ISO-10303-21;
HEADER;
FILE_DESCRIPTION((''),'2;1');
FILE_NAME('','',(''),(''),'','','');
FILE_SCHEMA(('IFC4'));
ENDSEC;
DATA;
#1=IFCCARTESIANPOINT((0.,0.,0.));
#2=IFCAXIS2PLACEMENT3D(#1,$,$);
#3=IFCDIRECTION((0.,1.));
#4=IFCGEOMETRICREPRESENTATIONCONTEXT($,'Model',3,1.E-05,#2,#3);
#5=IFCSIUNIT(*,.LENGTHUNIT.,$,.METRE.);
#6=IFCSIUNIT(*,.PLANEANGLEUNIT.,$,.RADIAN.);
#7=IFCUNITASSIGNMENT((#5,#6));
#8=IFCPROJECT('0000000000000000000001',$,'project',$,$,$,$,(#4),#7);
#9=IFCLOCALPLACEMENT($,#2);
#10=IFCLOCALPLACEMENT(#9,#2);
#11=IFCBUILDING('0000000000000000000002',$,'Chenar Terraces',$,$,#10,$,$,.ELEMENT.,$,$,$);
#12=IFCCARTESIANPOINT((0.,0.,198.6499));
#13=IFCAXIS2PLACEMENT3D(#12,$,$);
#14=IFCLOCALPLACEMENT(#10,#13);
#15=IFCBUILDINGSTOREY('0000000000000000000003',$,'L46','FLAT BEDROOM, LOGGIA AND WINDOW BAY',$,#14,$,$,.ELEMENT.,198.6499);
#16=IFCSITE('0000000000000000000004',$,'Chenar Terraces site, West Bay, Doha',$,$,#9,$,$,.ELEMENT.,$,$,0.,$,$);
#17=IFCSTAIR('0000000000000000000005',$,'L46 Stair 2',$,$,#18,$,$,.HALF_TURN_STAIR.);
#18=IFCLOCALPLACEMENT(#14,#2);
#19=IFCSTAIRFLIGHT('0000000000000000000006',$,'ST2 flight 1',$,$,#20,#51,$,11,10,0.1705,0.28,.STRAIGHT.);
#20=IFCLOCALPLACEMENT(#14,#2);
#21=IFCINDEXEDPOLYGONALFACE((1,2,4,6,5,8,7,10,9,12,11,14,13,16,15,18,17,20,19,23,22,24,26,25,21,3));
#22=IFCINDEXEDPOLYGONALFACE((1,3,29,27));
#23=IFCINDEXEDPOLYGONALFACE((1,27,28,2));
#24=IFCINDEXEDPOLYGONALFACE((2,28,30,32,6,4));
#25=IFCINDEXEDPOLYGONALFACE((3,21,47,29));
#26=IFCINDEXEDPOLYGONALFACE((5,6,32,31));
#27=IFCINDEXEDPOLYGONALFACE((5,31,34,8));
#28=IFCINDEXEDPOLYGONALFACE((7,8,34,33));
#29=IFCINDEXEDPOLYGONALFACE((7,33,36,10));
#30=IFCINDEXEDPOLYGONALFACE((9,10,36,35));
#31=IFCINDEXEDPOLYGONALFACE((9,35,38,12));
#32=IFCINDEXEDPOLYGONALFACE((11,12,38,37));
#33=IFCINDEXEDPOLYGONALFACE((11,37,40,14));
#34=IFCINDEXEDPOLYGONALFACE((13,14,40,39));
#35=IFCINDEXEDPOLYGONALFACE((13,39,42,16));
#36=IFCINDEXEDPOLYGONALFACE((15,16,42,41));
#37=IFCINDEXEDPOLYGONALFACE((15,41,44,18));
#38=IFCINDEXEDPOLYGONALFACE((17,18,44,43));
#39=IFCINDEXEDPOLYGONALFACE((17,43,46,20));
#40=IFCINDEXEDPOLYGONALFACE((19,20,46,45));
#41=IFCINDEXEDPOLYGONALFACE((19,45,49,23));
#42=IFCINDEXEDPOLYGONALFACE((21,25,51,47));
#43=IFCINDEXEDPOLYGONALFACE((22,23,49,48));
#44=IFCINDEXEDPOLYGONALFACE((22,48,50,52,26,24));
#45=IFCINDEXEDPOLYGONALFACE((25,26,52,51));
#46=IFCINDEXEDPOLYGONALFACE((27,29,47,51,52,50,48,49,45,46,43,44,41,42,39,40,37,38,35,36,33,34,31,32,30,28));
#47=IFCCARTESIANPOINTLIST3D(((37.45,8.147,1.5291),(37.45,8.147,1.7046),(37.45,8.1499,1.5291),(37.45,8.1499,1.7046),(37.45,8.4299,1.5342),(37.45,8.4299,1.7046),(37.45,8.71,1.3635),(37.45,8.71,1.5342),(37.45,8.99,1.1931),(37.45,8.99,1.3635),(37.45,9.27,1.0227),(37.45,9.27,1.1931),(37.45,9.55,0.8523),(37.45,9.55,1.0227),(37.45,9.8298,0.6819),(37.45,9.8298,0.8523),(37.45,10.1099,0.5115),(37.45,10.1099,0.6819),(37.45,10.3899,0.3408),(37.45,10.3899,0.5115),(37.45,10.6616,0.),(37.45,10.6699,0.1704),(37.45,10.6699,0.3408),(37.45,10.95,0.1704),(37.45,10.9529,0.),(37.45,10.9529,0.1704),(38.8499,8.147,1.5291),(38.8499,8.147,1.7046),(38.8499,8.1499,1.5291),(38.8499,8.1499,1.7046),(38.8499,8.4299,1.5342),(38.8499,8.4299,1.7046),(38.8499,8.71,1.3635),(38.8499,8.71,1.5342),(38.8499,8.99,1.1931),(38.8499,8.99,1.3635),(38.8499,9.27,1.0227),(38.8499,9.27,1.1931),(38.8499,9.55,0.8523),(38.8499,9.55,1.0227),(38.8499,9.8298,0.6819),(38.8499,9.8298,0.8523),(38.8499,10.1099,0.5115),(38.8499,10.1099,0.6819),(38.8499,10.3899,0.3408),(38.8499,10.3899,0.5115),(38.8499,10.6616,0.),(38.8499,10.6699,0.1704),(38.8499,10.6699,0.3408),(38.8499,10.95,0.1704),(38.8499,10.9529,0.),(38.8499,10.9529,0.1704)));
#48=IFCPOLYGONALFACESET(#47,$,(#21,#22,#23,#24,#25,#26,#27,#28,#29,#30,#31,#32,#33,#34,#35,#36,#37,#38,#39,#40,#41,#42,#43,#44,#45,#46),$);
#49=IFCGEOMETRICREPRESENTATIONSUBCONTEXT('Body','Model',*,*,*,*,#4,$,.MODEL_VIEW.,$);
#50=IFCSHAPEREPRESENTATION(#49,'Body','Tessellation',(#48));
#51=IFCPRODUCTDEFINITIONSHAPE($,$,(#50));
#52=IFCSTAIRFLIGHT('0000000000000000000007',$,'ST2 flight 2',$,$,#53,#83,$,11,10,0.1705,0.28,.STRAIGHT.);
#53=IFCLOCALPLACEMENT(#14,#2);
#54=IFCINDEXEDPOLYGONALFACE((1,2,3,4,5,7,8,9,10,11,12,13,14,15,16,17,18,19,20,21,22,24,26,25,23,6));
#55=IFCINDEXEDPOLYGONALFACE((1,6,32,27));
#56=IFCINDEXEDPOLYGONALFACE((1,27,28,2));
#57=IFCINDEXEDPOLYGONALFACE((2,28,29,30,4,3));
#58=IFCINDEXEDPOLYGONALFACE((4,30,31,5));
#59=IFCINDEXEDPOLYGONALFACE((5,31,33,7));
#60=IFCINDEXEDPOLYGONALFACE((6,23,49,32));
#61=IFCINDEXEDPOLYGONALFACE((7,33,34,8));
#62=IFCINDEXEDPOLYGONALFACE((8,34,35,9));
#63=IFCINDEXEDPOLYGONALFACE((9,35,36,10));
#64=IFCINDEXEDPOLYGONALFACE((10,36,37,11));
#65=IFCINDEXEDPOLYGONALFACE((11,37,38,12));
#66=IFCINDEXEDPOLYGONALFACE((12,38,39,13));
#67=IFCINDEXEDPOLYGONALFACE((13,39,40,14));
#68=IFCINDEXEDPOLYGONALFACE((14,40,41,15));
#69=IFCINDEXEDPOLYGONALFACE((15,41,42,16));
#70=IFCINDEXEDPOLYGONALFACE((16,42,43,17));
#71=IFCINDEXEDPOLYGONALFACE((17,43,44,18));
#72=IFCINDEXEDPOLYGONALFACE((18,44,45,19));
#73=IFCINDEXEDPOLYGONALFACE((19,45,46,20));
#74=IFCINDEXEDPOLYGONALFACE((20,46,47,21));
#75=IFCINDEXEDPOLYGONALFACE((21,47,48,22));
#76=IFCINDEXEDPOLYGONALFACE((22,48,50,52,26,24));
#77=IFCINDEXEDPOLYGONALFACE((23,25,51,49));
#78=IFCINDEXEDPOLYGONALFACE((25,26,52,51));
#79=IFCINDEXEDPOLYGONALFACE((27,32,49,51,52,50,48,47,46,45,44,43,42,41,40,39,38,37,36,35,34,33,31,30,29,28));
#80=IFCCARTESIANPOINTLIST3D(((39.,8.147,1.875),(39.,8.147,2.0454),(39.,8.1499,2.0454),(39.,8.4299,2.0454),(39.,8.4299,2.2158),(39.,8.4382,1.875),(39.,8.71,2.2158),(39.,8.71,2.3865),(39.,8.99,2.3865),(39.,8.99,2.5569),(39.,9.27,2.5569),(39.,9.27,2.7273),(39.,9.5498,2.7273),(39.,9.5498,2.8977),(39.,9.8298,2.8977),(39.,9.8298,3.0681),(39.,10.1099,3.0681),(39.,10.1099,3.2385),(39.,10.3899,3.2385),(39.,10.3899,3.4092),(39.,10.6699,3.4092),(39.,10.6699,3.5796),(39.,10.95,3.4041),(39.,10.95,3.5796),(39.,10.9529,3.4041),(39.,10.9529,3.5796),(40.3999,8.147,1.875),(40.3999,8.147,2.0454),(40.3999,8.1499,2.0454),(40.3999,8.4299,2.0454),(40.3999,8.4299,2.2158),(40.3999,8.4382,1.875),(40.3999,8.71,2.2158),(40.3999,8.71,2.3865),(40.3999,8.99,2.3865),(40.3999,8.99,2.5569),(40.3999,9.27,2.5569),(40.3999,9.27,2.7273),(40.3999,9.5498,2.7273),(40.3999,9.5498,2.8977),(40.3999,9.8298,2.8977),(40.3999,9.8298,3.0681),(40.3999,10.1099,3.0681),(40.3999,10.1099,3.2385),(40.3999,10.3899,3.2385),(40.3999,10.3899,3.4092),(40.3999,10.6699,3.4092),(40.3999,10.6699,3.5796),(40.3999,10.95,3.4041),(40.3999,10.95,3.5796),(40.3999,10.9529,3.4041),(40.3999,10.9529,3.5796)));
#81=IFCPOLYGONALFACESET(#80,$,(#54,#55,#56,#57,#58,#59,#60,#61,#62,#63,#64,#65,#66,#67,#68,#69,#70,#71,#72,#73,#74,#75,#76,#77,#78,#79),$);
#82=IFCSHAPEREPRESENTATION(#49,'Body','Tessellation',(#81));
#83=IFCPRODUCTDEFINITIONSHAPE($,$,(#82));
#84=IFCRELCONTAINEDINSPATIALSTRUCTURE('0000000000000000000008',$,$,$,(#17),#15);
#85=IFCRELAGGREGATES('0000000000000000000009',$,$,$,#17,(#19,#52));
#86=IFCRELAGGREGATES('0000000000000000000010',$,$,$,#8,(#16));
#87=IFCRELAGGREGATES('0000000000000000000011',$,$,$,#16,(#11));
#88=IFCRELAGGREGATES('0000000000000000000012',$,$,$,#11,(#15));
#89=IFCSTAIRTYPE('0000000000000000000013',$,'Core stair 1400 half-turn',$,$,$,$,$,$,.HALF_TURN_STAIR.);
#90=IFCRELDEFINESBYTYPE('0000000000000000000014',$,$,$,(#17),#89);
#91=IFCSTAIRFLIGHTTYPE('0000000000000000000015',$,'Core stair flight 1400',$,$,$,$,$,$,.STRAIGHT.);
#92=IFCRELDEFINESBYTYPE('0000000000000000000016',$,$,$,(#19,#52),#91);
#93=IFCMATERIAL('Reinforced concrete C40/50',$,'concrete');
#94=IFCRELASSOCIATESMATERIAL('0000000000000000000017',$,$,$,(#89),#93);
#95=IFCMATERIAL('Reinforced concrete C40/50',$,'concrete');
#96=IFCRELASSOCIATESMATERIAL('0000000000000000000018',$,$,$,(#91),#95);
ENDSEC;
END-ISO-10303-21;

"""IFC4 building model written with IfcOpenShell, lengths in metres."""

from ifc_helpers import new_model, si_unit, direction, frame, origin, place, context, subcontext, project, spatial, polyline, outline, extrude, material, type_object, element, aggregate, save


model = new_model("IFC4")

# Units and contexts
model_context = context("Model", 3, precision=1e-05, world=origin(), true_north=direction((0.0, 1.0)))
body_context = subcontext(model_context, "Body", "Model", "MODEL_VIEW")
ifc_project = project(units=[si_unit("LENGTHUNIT", "METRE"), si_unit("PLANEANGLEUNIT", "RADIAN")], contexts=[model_context])

# Site, building, storey
site_placement = place(None, origin())
site = spatial("IfcSite", under=ifc_project, at=site_placement, Name="Chenar Terraces site, West Bay, Doha", CompositionType="ELEMENT", RefElevation=0.0)
building_placement = place(site_placement, origin())
building = spatial("IfcBuilding", under=site, at=building_placement, Name="Chenar Terraces", CompositionType="ELEMENT")
storey_placement = place(building_placement, frame((0.0, 0.0, 198.6499)))
storey = spatial("IfcBuildingStorey", under=building, at=storey_placement, Name="L46", Description="FLAT BEDROOM, LOGGIA AND WINDOW BAY", CompositionType="ELEMENT", Elevation=198.6499)

# Stair, stair flights
ifc_material_1 = material(Name="Reinforced concrete C40/50", Category="concrete")
stair_type = type_object("IfcStairType", Name="Core stair 1400 half-turn", PredefinedType="HALF_TURN_STAIR", material=ifc_material_1)
stair_placement = place(storey_placement, origin())
stair = element("IfcStair", 1, at=stair_placement, inside=storey, type_object=stair_type, Name="L46 Stair 2", PredefinedType="HALF_TURN_STAIR")
ifc_material_2 = material(Name="Reinforced concrete C40/50", Category="concrete")
stair_flight_type = type_object("IfcStairFlightType", Name="Core stair flight 1400", PredefinedType="STRAIGHT", material=ifc_material_2)
stair_flight_1_placement = place(storey_placement, frame((38.1499, 10.95, 0.0), z_axis=(0.0, 0.0, 1.0), x_axis=(0.0, -1.0, 0.0)))
stair_flight_1 = element("IfcStairFlight", 2, at=stair_flight_1_placement, type_object=stair_flight_type, Name="ST2 flight 1", NumberOfRisers=11, NumberOfTreads=10, PredefinedType="STRAIGHT", RiserHeight=0.1705, TreadLength=0.28, context=body_context, shape_type="SweptSolid", body=[
    extrude(outline(polyline([(-0.0029, 0.0), (-0.0029, 0.1704), (0.0, 0.1704), (0.28, 0.1704), (0.28, 0.3408), (0.5601, 0.3408), (0.5601, 0.5115), (0.8401, 0.5115), (0.8401, 0.6819), (1.1201, 0.6819), (1.1201, 0.8523), (1.3999, 0.8523), (1.3999, 1.0227), (1.6799, 1.0227), (1.6799, 1.1931), (1.96, 1.1931), (1.96, 1.3635), (2.24, 1.3635), (2.24, 1.5342), (2.52, 1.5342), (2.52, 1.7046), (2.8, 1.7046), (2.803, 1.7046), (2.803, 1.5291), (2.8, 1.5291), (0.2883, 0.0), (-0.0029, 0.0)])), frame((0.0, 0.7, 0.0), z_axis=(0.0, -1.0, 0.0), x_axis=(1.0, 0.0, 0.0)), (0.0, 0.0, 1.0), 1.3999),
])
stair_flight_2_placement = place(storey_placement, frame((39.7, 8.1499, 1.875), z_axis=(0.0, 0.0, 1.0), x_axis=(0.0, 1.0, 0.0)))
stair_flight_2 = element("IfcStairFlight", 3, at=stair_flight_2_placement, type_object=stair_flight_type, Name="ST2 flight 2", NumberOfRisers=11, NumberOfTreads=10, PredefinedType="STRAIGHT", RiserHeight=0.1705, TreadLength=0.28, context=body_context, shape_type="SweptSolid", body=[
    extrude(outline(polyline([(-0.0029, 0.0), (-0.0029, 0.1704), (0.0, 0.1704), (0.28, 0.1704), (0.28, 0.3408), (0.5601, 0.3408), (0.5601, 0.5115), (0.8401, 0.5115), (0.8401, 0.6819), (1.1201, 0.6819), (1.1201, 0.8523), (1.3999, 0.8523), (1.3999, 1.0227), (1.6799, 1.0227), (1.6799, 1.1931), (1.96, 1.1931), (1.96, 1.3635), (2.24, 1.3635), (2.24, 1.5342), (2.52, 1.5342), (2.52, 1.7046), (2.8, 1.7046), (2.803, 1.7046), (2.803, 1.5291), (2.8, 1.5291), (0.2883, 0.0), (-0.0029, 0.0)])), frame((0.0, 0.7, 0.0), z_axis=(0.0, -1.0, 0.0), x_axis=(1.0, 0.0, 0.0)), (0.0, 0.0, 1.0), 1.3999),
])
aggregate(stair, [stair_flight_1, stair_flight_2])

save(model, "model.ifc")
